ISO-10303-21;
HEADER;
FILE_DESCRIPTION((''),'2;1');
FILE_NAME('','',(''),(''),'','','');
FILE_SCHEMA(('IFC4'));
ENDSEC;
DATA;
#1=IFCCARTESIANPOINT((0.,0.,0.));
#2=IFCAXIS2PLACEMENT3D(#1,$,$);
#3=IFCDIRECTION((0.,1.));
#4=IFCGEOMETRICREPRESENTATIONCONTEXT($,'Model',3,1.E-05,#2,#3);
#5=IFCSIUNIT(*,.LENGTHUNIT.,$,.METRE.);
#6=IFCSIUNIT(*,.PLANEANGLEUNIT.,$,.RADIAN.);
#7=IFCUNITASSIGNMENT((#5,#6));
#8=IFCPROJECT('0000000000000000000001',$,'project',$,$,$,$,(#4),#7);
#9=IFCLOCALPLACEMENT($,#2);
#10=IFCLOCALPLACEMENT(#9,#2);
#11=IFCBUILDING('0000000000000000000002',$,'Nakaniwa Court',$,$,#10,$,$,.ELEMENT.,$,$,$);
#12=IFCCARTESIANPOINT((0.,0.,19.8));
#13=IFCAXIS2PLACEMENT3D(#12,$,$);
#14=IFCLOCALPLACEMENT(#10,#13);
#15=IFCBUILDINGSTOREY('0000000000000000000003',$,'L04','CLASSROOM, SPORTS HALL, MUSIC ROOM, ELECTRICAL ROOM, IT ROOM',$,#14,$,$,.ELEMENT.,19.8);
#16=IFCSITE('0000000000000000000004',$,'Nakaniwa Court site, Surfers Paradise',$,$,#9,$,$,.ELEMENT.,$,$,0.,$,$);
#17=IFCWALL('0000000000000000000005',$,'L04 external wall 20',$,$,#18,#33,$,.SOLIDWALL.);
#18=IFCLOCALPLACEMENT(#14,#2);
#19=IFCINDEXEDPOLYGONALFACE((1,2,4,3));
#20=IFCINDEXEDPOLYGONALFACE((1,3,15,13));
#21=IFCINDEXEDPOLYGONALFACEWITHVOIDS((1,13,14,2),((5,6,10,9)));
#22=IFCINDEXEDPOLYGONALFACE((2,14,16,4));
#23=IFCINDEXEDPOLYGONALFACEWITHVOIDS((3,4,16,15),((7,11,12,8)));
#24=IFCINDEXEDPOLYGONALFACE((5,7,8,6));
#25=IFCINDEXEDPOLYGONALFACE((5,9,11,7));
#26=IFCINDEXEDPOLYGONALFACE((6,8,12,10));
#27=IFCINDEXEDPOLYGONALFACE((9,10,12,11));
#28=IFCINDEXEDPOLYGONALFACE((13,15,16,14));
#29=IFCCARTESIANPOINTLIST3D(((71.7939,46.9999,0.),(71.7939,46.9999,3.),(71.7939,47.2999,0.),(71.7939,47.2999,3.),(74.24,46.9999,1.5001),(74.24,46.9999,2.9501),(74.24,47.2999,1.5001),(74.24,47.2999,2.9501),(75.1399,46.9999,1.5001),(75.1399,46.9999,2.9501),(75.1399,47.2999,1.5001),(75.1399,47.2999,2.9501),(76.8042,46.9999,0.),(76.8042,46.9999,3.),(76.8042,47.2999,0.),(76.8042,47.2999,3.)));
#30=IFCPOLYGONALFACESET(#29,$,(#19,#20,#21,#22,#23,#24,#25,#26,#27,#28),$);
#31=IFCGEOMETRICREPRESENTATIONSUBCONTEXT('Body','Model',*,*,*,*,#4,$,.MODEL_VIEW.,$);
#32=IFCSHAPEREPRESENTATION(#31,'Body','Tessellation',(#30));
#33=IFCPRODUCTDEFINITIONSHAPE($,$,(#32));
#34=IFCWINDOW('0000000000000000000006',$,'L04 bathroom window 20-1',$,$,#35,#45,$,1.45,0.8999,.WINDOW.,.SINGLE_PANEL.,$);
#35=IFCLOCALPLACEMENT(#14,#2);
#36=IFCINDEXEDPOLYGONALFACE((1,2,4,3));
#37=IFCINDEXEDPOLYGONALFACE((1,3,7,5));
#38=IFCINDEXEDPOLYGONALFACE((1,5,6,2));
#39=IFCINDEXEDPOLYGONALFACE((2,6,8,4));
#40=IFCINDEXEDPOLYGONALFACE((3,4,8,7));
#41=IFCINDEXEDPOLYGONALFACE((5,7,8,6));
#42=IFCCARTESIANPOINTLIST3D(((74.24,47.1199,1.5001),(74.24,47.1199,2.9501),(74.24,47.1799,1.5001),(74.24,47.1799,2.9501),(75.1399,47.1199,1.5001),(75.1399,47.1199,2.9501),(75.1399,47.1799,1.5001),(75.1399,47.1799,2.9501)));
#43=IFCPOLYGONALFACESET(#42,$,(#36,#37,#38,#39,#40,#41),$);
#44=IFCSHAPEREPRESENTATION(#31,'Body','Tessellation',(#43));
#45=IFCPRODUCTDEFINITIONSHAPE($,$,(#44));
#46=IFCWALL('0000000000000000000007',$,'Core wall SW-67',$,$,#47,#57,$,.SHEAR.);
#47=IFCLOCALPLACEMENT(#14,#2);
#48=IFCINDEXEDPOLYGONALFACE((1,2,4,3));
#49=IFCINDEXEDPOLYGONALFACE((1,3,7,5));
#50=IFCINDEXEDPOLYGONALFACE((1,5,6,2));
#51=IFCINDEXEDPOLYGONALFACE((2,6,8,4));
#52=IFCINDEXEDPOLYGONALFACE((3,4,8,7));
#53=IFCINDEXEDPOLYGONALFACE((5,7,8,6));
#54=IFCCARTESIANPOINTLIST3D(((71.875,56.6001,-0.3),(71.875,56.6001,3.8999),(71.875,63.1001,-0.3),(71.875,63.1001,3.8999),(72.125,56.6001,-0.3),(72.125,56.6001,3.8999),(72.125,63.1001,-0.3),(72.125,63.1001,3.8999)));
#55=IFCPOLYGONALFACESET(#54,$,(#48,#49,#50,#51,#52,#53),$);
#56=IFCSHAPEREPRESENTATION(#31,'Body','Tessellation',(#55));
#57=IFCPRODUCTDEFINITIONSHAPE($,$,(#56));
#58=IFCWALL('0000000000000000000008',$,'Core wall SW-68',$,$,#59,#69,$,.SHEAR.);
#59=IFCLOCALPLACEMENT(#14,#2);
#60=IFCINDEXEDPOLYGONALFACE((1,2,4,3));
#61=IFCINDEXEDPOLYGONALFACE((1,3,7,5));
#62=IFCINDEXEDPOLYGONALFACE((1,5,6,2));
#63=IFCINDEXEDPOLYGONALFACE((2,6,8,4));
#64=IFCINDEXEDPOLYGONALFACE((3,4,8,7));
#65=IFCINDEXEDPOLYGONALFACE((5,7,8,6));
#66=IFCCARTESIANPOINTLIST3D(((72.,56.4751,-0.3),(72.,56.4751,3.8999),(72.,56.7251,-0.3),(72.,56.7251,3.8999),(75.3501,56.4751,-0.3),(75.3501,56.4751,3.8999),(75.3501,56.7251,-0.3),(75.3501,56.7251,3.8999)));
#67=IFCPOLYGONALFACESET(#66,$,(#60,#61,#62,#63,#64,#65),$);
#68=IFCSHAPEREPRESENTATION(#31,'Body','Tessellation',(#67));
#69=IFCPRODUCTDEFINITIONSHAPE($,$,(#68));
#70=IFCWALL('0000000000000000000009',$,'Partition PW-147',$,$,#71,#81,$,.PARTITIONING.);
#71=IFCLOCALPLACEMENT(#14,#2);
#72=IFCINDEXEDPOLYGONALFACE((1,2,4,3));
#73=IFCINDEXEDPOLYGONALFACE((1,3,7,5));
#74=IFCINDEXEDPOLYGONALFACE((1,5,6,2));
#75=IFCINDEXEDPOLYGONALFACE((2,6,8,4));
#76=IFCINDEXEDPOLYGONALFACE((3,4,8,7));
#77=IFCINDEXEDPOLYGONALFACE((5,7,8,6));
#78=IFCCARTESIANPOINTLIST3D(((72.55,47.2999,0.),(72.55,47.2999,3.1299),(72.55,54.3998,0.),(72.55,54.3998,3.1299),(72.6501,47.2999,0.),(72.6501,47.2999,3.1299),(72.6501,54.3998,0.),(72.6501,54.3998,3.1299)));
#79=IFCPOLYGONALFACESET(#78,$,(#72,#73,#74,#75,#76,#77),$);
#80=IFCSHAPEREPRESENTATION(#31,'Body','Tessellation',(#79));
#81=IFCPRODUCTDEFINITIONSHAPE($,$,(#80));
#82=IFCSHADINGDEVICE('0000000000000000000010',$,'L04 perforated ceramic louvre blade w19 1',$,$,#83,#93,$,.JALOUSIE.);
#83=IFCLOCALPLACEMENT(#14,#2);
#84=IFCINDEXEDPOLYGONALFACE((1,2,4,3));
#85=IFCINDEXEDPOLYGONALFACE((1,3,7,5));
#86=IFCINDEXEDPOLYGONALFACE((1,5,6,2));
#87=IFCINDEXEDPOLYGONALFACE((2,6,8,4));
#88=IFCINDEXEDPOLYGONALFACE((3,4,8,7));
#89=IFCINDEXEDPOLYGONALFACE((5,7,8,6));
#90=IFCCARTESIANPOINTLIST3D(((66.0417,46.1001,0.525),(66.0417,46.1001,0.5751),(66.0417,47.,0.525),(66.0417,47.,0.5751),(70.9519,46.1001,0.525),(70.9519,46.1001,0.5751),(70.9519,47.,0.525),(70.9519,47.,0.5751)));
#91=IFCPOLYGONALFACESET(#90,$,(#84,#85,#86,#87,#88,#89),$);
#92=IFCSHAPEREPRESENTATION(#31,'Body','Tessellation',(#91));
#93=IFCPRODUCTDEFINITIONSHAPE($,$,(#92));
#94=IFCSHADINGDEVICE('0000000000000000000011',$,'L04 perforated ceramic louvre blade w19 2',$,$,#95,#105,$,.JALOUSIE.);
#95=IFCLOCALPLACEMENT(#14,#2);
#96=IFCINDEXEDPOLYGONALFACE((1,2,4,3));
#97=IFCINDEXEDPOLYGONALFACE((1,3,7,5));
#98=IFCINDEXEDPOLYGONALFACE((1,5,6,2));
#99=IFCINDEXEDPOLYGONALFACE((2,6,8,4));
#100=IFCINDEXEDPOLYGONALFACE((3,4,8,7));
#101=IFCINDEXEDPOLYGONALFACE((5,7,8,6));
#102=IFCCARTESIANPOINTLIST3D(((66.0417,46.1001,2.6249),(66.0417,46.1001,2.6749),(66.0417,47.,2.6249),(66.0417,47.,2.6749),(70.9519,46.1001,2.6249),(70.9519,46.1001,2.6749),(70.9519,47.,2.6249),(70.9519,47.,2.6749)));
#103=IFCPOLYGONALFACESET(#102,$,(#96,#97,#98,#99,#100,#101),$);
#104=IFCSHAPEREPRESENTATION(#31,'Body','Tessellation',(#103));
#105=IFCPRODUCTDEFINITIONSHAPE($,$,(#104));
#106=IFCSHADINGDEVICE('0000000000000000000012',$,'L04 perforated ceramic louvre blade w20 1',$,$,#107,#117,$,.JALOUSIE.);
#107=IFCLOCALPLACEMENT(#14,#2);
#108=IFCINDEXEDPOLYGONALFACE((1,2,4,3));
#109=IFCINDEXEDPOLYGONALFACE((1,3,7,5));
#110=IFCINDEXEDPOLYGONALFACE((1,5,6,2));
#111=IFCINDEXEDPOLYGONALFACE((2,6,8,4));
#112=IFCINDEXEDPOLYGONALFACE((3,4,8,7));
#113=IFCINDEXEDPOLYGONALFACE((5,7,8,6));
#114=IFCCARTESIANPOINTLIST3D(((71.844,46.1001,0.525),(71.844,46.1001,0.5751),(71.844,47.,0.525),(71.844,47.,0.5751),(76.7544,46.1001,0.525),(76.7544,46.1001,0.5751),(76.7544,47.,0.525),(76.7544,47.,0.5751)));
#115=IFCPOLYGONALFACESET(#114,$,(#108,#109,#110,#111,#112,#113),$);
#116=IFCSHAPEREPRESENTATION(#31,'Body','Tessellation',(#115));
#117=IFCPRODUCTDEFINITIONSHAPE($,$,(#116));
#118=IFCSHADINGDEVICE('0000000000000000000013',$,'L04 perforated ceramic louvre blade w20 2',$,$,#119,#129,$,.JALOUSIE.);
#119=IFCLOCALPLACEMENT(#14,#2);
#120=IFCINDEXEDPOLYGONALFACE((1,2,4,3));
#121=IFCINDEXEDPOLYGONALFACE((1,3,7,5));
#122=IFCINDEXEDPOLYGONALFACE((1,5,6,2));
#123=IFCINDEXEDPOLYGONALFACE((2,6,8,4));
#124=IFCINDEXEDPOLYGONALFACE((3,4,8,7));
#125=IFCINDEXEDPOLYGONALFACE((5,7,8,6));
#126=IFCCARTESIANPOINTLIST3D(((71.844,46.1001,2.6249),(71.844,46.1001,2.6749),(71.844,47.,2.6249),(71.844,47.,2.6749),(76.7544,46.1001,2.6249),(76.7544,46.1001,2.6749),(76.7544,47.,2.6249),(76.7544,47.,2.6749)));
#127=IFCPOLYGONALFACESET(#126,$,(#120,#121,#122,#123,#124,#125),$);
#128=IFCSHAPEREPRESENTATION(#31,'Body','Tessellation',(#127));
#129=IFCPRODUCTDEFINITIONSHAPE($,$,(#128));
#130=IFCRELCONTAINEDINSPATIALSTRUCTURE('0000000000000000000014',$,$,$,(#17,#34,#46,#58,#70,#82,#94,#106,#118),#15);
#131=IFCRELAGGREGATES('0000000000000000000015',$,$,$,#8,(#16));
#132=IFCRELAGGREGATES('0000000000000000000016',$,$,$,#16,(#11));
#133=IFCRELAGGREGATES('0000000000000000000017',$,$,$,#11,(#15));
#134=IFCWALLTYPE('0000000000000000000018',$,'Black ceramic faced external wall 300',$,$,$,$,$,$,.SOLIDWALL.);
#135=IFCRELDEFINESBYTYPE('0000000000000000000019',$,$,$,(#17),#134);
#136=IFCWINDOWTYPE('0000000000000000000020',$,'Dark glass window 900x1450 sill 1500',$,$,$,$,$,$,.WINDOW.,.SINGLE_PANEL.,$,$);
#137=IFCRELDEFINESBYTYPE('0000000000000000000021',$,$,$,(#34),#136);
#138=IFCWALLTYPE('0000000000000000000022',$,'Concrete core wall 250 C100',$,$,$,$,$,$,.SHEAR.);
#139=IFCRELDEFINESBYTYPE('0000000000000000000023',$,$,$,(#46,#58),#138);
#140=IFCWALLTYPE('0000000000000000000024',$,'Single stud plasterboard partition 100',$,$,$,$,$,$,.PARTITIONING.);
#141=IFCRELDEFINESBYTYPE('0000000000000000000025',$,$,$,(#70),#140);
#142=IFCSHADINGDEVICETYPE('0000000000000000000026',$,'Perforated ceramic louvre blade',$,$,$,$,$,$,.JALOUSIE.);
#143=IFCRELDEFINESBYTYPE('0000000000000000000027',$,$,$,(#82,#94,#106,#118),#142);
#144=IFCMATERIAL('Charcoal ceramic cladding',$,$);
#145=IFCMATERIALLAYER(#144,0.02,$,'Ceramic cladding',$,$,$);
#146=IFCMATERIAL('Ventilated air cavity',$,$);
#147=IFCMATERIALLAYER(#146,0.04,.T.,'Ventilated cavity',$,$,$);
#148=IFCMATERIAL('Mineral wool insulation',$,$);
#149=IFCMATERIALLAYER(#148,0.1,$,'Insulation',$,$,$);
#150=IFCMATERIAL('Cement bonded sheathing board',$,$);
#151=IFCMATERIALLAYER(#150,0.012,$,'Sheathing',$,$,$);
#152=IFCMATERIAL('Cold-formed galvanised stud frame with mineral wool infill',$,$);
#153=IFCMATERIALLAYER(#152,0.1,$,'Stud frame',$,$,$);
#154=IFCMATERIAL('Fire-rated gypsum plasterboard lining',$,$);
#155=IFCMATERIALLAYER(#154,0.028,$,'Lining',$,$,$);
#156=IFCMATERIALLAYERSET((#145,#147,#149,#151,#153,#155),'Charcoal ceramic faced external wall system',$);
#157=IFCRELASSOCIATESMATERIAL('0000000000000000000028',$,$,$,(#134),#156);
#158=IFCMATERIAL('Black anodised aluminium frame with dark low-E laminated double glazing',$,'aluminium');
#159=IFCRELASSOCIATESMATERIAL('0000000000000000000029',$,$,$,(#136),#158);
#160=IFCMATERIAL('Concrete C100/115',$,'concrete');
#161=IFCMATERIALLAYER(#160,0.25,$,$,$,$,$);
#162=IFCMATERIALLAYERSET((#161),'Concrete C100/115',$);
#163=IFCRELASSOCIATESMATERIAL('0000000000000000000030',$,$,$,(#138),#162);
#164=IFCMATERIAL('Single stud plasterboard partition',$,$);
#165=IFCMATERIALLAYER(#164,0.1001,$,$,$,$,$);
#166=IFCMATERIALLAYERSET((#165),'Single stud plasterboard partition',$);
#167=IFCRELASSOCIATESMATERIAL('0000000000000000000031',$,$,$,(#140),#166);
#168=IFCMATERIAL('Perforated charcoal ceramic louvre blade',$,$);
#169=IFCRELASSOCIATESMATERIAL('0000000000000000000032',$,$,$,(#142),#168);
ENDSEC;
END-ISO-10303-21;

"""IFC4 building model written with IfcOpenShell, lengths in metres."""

from ifc_helpers import new_model, si_unit, direction, frame, frame_2d, origin, origin_2d, place, context, subcontext, project, spatial, rectangle, extrude, material, layer, layer_set, material_profile, profile_set, type_object, element, fill, save


model = new_model("IFC4")

# Units and contexts
model_context = context("Model", 3, precision=1e-05, world=origin(), true_north=direction((0.0, 1.0)))
body_context = subcontext(model_context, "Body", "Model", "MODEL_VIEW")
ifc_project = project(units=[si_unit("LENGTHUNIT", "METRE"), si_unit("PLANEANGLEUNIT", "RADIAN")], contexts=[model_context])

# Site, building, storey
site_placement = place(None, origin())
site = spatial("IfcSite", under=ifc_project, at=site_placement, Name="Nakaniwa Court site, Surfers Paradise", CompositionType="ELEMENT", RefElevation=0.0)
building_placement = place(site_placement, origin())
building = spatial("IfcBuilding", under=site, at=building_placement, Name="Nakaniwa Court", CompositionType="ELEMENT")
storey_placement = place(building_placement, frame((0.0, 0.0, 19.8)))
storey = spatial("IfcBuildingStorey", under=building, at=storey_placement, Name="L04", Description="CLASSROOM, SPORTS HALL, MUSIC ROOM, ELECTRICAL ROOM, IT ROOM", CompositionType="ELEMENT", Elevation=19.8)

# Shared definitions
ifc_material_1 = material(Name="Concrete C100/115", Category="concrete")

# Wall, opening, window
ifc_material_2 = material(Name="Charcoal ceramic cladding")
ifc_layer_1 = layer(ifc_material_2, 0.02, Name="Ceramic cladding")
ifc_material_3 = material(Name="Ventilated air cavity")
ifc_layer_2 = layer(ifc_material_3, 0.04, ventilated=True, Name="Ventilated cavity")
ifc_material_4 = material(Name="Mineral wool insulation")
ifc_layer_3 = layer(ifc_material_4, 0.1, Name="Insulation")
ifc_material_5 = material(Name="Cement bonded sheathing board")
ifc_layer_4 = layer(ifc_material_5, 0.012, Name="Sheathing")
ifc_material_6 = material(Name="Cold-formed galvanised stud frame with mineral wool infill")
ifc_layer_5 = layer(ifc_material_6, 0.1, Name="Stud frame")
ifc_material_7 = material(Name="Fire-rated gypsum plasterboard lining")
ifc_layer_6 = layer(ifc_material_7, 0.028, Name="Lining")
ifc_layer_set_1 = layer_set([ifc_layer_1, ifc_layer_2, ifc_layer_3, ifc_layer_4, ifc_layer_5, ifc_layer_6], Name="Charcoal ceramic faced external wall system")
wall_type_1 = type_object("IfcWallType", Name="Black ceramic faced external wall 300", PredefinedType="SOLIDWALL", material=ifc_layer_set_1)
ifc_material_8 = material(Name="Black anodised aluminium frame with dark low-E laminated double glazing", Category="aluminium")
wall_1_placement = place(storey_placement, frame((71.7939, 47.1499, 0.0), z_axis=(0.0, 0.0, 1.0), x_axis=(1.0, 0.0, 0.0)))
wall_1 = element("IfcWall", 1, at=wall_1_placement, inside=storey, type_object=wall_type_1, Name="L04 external wall 20", PredefinedType="SOLIDWALL", context=body_context, shape_type="SweptSolid", body=[
    extrude(rectangle(XDim=5.0103, YDim=0.3, at=frame_2d((2.5051, 0.0))), origin(), (0.0, 0.0, 1.0), 3.0),
])
opening_1_placement = place(wall_1_placement, frame((2.446, 0.0, 1.5)))
opening_1 = element("IfcOpeningElement", 2, at=opening_1_placement, cuts=wall_1, PredefinedType="OPENING", context=body_context, shape_type="SweptSolid", body=[
    extrude(rectangle(XDim=0.8999, YDim=1.45, at=frame_2d((0.45, 0.7251))), frame((0.0, 0.1599, 0.0), z_axis=(0.0, -1.0, 0.0), x_axis=(1.0, 0.0, 0.0)), (0.0, 0.0, 1.0), 0.3201),
])
window_type_1 = type_object("IfcWindowType", Name="Dark glass window 900x1450 sill 1500", PartitioningType="SINGLE_PANEL", PredefinedType="WINDOW", material=ifc_material_8)
window_1_placement = place(opening_1_placement, origin())
window_1 = element("IfcWindow", 3, at=window_1_placement, inside=storey, type_object=window_type_1, Name="L04 bathroom window 20-1", OverallHeight=1.45, OverallWidth=0.8999, PartitioningType="SINGLE_PANEL", PredefinedType="WINDOW", context=body_context, shape_type="SweptSolid", body=[
    extrude(rectangle(XDim=0.8999, YDim=1.45, at=frame_2d((0.45, 0.7251))), frame((0.0, 0.03, 0.0), z_axis=(0.0, -1.0, 0.0), x_axis=(1.0, 0.0, 0.0)), (0.0, 0.0, 1.0), 0.0601),
])
fill(opening_1, window_1)

# Walls
ifc_layer_7 = layer(ifc_material_1, 0.25)
ifc_layer_set_2 = layer_set([ifc_layer_7], Name="Concrete C100/115")
wall_type_2 = type_object("IfcWallType", Name="Concrete core wall 250 C100", PredefinedType="SHEAR", material=ifc_layer_set_2)
wall_2_placement = place(storey_placement, frame((72.0, 56.6001, -0.3), z_axis=(0.0, 0.0, 1.0), x_axis=(0.0, 1.0, 0.0)))
element("IfcWall", 4, at=wall_2_placement, inside=storey, type_object=wall_type_2, Name="Core wall SW-67", PredefinedType="SHEAR", context=body_context, shape_type="SweptSolid", body=[
    extrude(rectangle(XDim=6.5, YDim=0.25, at=frame_2d((3.25, 0.0))), origin(), (0.0, 0.0, 1.0), 4.2),
])
wall_3_placement = place(storey_placement, frame((72.0, 56.6001, -0.3), z_axis=(0.0, 0.0, 1.0), x_axis=(1.0, 0.0, 0.0)))
element("IfcWall", 5, at=wall_3_placement, inside=storey, type_object=wall_type_2, Name="Core wall SW-68", PredefinedType="SHEAR", context=body_context, shape_type="SweptSolid", body=[
    extrude(rectangle(XDim=3.3501, YDim=0.25, at=frame_2d((1.675, 0.0))), origin(), (0.0, 0.0, 1.0), 4.2),
])
ifc_material_9 = material(Name="Single stud plasterboard partition")
ifc_layer_8 = layer(ifc_material_9, 0.1001)
ifc_layer_set_3 = layer_set([ifc_layer_8], Name="Single stud plasterboard partition")
wall_type_3 = type_object("IfcWallType", Name="Single stud plasterboard partition 100", PredefinedType="PARTITIONING", material=ifc_layer_set_3)
wall_4_placement = place(storey_placement, frame((72.6001, 47.3, 0.0), z_axis=(0.0, 0.0, 1.0), x_axis=(0.0, 1.0, 0.0)))
element("IfcWall", 6, at=wall_4_placement, inside=storey, type_object=wall_type_3, Name="Partition PW-147", PredefinedType="PARTITIONING", context=body_context, shape_type="SweptSolid", body=[
    extrude(rectangle(XDim=7.0999, YDim=0.1001, at=frame_2d((3.5498, 0.0))), origin(), (0.0, 0.0, 1.0), 3.1299),
])

# Shading devices
ifc_material_10 = material(Name="Perforated charcoal ceramic louvre blade")
ifc_material_profile_1 = material_profile(ifc_material_10, rectangle(XDim=0.8999, YDim=0.05, at=origin_2d()), Name="Perforated ceramic louvre blade")
ifc_profile_set_1 = profile_set([ifc_material_profile_1], Name="Perforated charcoal ceramic louvre blade")
shading_device_type = type_object("IfcShadingDeviceType", Name="Perforated ceramic louvre blade", PredefinedType="JALOUSIE", material=ifc_profile_set_1)
for number, where, z_axis, x_axis, name in (
    (7, (66.0417, 46.55, 0.55), (1.0, 0.0, 0.0), (0.0, 1.0, 0.0), "L04 perforated ceramic louvre blade w19 1"),
    (8, (66.0417, 46.55, 2.6499), (1.0, 0.0, 0.0), (0.0, 1.0, 0.0), "L04 perforated ceramic louvre blade w19 2"),
):
    element("IfcShadingDevice", number, at=place(storey_placement, frame(where, z_axis=z_axis, x_axis=x_axis)), inside=storey, type_object=shading_device_type, Name=name, PredefinedType="JALOUSIE", context=body_context, shape_type="SweptSolid", body=[
        extrude(rectangle(XDim=0.8999, YDim=0.05, at=origin_2d()), origin(), (0.0, 0.0, 1.0), 4.9102),
    ])
for number, where, z_axis, x_axis, name in (
    (9, (71.844, 46.55, 0.55), (1.0, 0.0, 0.0), (0.0, 1.0, 0.0), "L04 perforated ceramic louvre blade w20 1"),
    (10, (71.844, 46.55, 2.6499), (1.0, 0.0, 0.0), (0.0, 1.0, 0.0), "L04 perforated ceramic louvre blade w20 2"),
):
    element("IfcShadingDevice", number, at=place(storey_placement, frame(where, z_axis=z_axis, x_axis=x_axis)), inside=storey, type_object=shading_device_type, Name=name, PredefinedType="JALOUSIE", context=body_context, shape_type="SweptSolid", body=[
        extrude(rectangle(XDim=0.8999, YDim=0.05, at=origin_2d()), origin(), (0.0, 0.0, 1.0), 4.9104),
    ])

save(model, "model.ifc")
